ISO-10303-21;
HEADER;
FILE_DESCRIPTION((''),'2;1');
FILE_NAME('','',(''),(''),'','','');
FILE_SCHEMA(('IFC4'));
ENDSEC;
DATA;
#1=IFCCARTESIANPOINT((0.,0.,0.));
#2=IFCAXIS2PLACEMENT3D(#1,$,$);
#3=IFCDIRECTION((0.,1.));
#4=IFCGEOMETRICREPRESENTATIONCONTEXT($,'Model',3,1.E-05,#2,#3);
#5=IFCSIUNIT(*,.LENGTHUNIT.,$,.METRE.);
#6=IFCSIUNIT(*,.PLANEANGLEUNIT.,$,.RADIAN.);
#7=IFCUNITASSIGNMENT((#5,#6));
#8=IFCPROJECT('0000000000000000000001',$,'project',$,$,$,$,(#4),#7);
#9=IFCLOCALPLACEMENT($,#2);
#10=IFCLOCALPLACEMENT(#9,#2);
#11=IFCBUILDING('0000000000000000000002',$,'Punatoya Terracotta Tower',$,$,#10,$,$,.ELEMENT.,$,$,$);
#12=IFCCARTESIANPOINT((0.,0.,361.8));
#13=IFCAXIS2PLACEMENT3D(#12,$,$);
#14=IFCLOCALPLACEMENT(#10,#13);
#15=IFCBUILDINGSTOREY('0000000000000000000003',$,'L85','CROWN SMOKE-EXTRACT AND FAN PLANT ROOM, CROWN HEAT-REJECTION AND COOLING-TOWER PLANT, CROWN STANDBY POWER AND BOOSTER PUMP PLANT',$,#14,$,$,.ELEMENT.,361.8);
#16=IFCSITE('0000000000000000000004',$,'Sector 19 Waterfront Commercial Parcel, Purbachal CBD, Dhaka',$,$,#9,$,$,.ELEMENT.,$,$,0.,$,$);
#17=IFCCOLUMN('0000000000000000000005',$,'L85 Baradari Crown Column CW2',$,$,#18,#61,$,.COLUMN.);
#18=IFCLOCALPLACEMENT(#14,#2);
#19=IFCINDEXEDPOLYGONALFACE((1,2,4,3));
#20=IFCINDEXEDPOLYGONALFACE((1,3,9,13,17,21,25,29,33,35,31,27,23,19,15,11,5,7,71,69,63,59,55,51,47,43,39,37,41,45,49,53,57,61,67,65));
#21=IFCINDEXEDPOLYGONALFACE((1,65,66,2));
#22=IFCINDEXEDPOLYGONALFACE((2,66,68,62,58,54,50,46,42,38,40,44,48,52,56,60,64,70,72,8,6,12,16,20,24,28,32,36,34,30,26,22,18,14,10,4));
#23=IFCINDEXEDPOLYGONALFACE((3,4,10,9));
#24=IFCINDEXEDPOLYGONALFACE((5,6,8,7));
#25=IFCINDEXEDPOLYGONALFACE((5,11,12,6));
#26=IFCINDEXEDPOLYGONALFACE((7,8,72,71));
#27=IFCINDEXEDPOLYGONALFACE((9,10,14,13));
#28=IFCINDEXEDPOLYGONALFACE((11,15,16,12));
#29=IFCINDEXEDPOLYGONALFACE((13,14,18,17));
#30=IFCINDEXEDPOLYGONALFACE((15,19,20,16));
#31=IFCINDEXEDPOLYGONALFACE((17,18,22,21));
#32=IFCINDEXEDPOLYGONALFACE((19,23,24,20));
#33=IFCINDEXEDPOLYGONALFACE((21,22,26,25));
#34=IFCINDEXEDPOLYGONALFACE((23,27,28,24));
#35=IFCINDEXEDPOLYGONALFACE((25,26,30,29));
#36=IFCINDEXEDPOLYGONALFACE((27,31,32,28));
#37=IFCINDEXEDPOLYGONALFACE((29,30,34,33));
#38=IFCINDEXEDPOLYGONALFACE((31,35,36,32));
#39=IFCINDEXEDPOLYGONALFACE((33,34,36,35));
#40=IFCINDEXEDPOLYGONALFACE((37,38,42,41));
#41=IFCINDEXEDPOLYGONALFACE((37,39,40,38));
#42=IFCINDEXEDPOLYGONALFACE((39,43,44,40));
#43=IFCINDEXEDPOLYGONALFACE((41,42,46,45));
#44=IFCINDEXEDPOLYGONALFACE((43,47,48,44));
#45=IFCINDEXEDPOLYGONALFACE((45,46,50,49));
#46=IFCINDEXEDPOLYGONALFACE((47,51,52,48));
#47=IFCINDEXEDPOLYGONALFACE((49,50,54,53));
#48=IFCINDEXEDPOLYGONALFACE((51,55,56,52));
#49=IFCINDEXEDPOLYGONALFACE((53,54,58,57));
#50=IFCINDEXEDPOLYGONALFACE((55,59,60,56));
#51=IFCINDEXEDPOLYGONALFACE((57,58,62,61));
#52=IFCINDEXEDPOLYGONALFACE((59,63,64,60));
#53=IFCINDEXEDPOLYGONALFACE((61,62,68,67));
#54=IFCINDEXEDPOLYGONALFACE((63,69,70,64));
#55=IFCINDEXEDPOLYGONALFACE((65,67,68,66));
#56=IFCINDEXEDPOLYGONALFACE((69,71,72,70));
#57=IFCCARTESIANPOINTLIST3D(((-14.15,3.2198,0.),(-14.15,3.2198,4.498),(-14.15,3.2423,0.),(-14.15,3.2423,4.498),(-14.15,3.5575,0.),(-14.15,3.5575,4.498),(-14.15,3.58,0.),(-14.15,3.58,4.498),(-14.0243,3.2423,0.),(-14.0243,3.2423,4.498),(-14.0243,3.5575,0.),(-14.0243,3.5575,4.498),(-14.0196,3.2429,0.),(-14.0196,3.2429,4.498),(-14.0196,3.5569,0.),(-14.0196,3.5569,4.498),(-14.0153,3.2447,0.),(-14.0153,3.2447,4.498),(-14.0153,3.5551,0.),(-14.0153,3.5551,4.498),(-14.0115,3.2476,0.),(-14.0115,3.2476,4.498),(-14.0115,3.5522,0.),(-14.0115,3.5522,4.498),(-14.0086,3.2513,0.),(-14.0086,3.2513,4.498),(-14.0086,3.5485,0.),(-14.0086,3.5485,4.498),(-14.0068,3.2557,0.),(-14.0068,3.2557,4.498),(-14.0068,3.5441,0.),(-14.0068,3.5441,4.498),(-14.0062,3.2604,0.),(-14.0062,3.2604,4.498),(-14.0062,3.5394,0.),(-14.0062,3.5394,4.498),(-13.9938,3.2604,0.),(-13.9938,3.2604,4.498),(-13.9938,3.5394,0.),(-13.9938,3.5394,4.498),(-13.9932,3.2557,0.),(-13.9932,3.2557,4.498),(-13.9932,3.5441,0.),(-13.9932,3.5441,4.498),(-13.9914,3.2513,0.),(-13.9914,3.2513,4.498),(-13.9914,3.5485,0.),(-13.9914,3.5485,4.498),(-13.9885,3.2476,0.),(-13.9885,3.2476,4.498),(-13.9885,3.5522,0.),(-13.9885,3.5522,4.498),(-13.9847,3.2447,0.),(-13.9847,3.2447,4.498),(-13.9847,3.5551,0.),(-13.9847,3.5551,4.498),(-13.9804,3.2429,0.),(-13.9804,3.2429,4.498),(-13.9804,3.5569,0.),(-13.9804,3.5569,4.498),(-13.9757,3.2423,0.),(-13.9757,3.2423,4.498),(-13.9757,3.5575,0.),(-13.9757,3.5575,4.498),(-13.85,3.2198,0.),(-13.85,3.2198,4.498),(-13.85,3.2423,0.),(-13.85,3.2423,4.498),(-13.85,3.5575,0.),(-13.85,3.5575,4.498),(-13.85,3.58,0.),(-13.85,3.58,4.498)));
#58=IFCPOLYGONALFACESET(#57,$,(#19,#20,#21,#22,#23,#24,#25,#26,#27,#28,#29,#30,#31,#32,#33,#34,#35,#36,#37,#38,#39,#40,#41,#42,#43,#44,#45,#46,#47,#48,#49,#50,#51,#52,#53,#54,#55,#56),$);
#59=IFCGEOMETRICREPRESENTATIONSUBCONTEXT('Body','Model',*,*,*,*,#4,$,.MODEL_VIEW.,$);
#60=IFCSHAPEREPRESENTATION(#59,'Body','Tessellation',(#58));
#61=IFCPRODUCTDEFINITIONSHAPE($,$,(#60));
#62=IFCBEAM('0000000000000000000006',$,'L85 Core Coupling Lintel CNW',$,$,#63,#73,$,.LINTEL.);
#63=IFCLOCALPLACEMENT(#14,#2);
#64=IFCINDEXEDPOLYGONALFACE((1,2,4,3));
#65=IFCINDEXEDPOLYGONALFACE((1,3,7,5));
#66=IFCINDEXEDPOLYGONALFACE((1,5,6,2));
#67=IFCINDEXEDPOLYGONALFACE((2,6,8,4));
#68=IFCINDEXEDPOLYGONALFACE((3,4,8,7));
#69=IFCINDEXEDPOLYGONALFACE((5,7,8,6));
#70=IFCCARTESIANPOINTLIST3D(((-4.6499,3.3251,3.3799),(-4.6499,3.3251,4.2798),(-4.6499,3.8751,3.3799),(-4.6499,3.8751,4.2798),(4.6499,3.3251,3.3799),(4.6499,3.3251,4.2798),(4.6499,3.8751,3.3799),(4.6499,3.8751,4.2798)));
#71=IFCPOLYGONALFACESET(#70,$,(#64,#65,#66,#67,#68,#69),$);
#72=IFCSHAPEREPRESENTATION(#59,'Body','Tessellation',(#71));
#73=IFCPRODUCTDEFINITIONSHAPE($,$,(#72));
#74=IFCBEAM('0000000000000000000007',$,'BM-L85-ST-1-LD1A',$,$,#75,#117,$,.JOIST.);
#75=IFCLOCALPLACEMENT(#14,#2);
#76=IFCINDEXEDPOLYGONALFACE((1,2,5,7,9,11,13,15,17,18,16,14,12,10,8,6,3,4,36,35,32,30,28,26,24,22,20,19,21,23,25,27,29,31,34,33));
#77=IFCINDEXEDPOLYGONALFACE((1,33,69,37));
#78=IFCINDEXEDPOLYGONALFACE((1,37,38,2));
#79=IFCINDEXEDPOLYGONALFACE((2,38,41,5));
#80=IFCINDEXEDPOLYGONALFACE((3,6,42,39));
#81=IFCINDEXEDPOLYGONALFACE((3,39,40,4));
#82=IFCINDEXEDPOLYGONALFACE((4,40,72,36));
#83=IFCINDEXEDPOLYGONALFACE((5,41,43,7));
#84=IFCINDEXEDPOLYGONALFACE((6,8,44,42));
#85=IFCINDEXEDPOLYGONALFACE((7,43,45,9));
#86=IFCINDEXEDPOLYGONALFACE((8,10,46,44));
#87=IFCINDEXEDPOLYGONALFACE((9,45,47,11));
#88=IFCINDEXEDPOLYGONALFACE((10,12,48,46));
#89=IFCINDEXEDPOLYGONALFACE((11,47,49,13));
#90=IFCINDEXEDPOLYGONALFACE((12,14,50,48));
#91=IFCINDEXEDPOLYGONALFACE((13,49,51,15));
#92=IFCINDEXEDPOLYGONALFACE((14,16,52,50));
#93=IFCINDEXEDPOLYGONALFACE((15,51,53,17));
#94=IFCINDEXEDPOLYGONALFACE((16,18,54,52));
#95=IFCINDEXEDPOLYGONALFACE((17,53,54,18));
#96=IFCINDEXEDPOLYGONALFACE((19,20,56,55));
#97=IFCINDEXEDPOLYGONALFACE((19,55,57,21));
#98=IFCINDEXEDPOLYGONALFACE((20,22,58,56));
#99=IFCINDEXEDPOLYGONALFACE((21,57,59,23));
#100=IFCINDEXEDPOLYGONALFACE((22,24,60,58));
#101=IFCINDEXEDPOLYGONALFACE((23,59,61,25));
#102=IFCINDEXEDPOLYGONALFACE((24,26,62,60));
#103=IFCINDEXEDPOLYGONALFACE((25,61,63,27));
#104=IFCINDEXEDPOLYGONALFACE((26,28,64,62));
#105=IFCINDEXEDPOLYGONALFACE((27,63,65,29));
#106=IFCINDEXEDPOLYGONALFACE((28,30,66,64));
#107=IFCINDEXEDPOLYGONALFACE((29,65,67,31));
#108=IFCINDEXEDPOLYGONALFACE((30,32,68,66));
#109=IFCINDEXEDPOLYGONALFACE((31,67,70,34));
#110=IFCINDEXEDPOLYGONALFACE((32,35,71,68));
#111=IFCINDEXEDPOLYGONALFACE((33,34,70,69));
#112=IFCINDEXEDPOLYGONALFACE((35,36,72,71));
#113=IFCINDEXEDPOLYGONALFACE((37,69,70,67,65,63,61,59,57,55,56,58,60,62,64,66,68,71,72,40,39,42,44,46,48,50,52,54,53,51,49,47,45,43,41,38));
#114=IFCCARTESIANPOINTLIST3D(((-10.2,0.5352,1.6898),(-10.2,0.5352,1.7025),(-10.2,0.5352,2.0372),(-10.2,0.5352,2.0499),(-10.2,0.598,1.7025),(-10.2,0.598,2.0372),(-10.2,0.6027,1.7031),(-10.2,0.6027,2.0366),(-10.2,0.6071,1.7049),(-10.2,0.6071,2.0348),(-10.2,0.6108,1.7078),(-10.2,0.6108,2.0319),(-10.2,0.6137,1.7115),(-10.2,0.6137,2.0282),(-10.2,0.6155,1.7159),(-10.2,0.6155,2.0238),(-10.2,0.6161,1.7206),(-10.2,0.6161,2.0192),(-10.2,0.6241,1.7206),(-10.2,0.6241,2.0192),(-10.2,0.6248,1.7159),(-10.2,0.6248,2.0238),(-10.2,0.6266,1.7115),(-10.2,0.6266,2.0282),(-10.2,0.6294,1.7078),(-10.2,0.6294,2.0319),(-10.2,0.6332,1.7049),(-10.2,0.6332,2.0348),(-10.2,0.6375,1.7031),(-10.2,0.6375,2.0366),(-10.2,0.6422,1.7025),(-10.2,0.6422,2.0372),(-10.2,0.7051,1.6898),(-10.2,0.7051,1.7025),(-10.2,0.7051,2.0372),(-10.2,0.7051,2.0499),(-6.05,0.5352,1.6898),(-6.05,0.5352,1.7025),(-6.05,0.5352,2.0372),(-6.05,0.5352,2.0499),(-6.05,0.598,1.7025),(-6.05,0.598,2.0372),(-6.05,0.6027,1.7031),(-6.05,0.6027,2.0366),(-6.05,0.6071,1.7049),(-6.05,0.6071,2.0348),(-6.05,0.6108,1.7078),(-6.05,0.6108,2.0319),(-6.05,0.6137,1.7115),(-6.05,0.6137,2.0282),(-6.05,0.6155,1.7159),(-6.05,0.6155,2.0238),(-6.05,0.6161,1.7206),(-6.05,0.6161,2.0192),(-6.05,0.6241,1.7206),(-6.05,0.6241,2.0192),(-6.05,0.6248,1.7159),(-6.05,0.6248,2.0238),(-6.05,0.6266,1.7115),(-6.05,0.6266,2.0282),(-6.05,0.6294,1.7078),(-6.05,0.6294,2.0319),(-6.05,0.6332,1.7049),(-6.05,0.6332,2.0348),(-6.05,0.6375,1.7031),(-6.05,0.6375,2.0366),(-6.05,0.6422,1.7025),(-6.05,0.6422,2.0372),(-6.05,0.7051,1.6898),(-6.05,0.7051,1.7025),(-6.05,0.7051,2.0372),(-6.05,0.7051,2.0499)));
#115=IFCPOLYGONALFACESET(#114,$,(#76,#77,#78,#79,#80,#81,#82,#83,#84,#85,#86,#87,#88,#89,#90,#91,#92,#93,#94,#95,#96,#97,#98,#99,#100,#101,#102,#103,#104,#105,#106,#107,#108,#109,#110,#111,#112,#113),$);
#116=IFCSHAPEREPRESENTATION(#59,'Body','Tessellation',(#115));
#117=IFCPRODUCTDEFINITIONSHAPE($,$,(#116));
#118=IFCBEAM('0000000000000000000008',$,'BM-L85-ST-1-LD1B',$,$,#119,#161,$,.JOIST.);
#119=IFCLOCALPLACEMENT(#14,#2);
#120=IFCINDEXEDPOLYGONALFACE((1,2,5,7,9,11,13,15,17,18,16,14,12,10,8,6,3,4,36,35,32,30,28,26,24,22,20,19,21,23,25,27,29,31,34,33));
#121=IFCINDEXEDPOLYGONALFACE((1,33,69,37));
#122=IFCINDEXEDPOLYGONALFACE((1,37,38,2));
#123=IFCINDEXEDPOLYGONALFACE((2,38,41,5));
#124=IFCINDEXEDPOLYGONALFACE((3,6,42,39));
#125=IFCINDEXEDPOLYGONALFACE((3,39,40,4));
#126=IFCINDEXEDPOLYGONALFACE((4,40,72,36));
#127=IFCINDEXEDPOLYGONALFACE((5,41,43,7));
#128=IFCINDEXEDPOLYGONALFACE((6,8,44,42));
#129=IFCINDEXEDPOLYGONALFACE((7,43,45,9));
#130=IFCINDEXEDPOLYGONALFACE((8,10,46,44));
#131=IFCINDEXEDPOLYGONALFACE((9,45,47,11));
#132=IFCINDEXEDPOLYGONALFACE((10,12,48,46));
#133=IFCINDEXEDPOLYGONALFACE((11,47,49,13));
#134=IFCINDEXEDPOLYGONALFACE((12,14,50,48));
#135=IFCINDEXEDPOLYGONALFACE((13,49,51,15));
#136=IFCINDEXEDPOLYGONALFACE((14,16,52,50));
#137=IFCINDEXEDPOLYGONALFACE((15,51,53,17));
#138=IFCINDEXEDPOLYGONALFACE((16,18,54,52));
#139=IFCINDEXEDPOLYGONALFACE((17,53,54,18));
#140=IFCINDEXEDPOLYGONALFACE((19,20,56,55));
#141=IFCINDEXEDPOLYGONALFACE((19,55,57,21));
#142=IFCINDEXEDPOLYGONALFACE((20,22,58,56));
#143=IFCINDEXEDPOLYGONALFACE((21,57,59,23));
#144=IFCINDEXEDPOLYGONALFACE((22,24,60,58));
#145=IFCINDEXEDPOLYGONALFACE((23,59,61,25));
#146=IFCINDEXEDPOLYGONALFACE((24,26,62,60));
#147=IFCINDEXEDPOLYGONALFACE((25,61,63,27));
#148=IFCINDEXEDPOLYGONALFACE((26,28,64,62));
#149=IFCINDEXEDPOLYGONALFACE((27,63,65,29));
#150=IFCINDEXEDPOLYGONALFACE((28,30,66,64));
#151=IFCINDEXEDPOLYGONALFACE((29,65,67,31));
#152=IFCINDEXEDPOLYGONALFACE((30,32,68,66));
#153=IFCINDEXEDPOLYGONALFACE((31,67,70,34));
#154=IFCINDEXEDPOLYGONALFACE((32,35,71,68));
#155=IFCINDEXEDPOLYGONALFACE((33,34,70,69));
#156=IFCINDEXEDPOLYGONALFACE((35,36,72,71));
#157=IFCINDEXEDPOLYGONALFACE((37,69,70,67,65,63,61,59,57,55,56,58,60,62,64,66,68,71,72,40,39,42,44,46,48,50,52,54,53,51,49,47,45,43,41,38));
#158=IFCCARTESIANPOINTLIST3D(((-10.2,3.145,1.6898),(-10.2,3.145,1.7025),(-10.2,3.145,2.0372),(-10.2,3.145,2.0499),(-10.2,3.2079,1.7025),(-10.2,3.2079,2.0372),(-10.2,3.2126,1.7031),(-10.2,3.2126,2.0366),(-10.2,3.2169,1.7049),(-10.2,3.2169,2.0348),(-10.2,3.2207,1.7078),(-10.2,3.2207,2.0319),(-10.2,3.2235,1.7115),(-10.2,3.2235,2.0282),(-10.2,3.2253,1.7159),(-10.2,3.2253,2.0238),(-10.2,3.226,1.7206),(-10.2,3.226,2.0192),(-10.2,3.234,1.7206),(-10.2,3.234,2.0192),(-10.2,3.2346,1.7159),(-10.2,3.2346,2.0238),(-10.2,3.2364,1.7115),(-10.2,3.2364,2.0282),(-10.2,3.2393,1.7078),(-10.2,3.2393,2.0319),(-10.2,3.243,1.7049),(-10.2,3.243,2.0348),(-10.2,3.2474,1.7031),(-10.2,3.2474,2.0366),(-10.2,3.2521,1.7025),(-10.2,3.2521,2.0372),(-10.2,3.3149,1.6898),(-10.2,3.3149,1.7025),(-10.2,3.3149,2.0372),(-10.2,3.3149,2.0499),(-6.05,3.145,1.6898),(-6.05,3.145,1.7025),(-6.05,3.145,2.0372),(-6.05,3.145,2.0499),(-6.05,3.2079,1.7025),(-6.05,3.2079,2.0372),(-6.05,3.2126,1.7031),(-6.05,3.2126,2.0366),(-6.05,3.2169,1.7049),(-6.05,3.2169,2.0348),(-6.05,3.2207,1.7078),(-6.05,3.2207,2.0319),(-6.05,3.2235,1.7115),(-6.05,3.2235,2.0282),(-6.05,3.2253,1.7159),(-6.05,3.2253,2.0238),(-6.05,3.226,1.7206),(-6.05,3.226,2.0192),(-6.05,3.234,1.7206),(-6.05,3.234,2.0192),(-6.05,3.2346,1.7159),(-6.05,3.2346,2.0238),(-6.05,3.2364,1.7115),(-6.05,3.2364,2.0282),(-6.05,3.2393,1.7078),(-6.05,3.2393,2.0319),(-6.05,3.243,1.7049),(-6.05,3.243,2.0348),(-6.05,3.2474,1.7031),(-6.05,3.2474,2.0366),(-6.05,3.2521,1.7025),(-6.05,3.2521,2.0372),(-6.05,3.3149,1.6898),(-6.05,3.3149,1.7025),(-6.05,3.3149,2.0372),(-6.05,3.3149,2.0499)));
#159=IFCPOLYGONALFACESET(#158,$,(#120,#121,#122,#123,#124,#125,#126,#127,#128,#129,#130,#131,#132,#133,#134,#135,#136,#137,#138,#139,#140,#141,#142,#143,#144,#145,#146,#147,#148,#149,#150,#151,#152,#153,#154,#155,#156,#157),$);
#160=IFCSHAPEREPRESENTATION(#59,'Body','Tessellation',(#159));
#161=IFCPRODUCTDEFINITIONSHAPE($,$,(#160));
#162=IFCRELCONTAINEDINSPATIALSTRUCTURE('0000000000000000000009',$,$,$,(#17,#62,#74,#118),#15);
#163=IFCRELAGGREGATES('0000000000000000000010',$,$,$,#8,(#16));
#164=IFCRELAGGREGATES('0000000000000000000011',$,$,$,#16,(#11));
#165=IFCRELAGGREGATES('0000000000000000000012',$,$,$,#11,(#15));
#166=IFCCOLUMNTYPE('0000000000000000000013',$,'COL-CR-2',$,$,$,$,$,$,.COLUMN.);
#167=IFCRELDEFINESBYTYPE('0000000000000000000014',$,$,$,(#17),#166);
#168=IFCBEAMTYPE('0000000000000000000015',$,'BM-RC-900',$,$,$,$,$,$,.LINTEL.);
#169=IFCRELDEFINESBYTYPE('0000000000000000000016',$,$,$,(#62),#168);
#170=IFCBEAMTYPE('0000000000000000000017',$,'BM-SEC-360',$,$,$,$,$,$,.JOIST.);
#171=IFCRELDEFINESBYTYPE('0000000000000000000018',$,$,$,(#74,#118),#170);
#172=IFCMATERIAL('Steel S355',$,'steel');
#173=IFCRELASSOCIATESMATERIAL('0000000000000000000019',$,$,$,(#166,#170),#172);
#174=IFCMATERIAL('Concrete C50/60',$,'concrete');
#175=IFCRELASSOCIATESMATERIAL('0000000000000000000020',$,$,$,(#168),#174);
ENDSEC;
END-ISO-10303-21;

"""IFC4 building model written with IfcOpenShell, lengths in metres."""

from ifc_helpers import new_model, si_unit, direction, frame, origin, origin_2d, place, context, subcontext, project, spatial, rectangle, i_section, extrude, material, material_profile, profile_set, type_object, element, save


model = new_model("IFC4")

# Units and contexts
model_context = context("Model", 3, precision=1e-05, world=origin(), true_north=direction((0.0, 1.0)))
body_context = subcontext(model_context, "Body", "Model", "MODEL_VIEW")
ifc_project = project(units=[si_unit("LENGTHUNIT", "METRE"), si_unit("PLANEANGLEUNIT", "RADIAN")], contexts=[model_context])

# Site, building, storey
site_placement = place(None, origin())
site = spatial("IfcSite", under=ifc_project, at=site_placement, Name="Sector 19 Waterfront Commercial Parcel, Purbachal CBD, Dhaka", CompositionType="ELEMENT", RefElevation=0.0)
building_placement = place(site_placement, origin())
building = spatial("IfcBuilding", under=site, at=building_placement, Name="Punatoya Terracotta Tower", CompositionType="ELEMENT")
storey_placement = place(building_placement, frame((0.0, 0.0, 361.8)))
storey = spatial("IfcBuildingStorey", under=building, at=storey_placement, Name="L85", Description="CROWN SMOKE-EXTRACT AND FAN PLANT ROOM, CROWN HEAT-REJECTION AND COOLING-TOWER PLANT, CROWN STANDBY POWER AND BOOSTER PUMP PLANT", CompositionType="ELEMENT", Elevation=361.8)

# Column
ifc_material_1 = material(Name="Steel S355", Category="steel")
ifc_material_profile_1 = material_profile(ifc_material_1, i_section(OverallWidth=0.3, OverallDepth=0.3601, WebThickness=0.0125, FlangeThickness=0.0225, FilletRadius=0.0181, at=origin_2d()))
ifc_profile_set_1 = profile_set([ifc_material_profile_1], Name="Steel S355")
column_type = type_object("IfcColumnType", Name="COL-CR-2", PredefinedType="COLUMN", material=ifc_profile_set_1)
column_placement = place(storey_placement, frame((-14.0, 3.3999, 0.0), z_axis=(0.0, 0.0, 1.0), x_axis=(1.0, 0.0, 0.0)))
element("IfcColumn", 1, at=column_placement, inside=storey, type_object=column_type, Name="L85 Baradari Crown Column CW2", PredefinedType="COLUMN", context=body_context, shape_type="SweptSolid", body=[
    extrude(i_section(OverallWidth=0.3, OverallDepth=0.3601, WebThickness=0.0125, FlangeThickness=0.0225, FilletRadius=0.0181, at=origin_2d()), origin(), (0.0, 0.0, 1.0), 4.498),
])

# Beams
ifc_material_2 = material(Name="Concrete C50/60", Category="concrete")
ifc_material_profile_2 = material_profile(ifc_material_2, rectangle(XDim=0.55, YDim=0.8999, at=origin_2d()))
ifc_profile_set_2 = profile_set([ifc_material_profile_2], Name="Concrete C50/60")
beam_type_1 = type_object("IfcBeamType", Name="BM-RC-900", PredefinedType="LINTEL", material=ifc_profile_set_2)
beam_1_placement = place(storey_placement, frame((-4.6499, 3.6001, 3.8298), z_axis=(1.0, 0.0, 0.0), x_axis=(0.0, 1.0, 0.0)))
element("IfcBeam", 2, at=beam_1_placement, inside=storey, type_object=beam_type_1, Name="L85 Core Coupling Lintel CNW", PredefinedType="LINTEL", context=body_context, shape_type="SweptSolid", body=[
    extrude(rectangle(XDim=0.55, YDim=0.8999, at=origin_2d()), origin(), (0.0, 0.0, 1.0), 9.2998),
])
ifc_material_profile_3 = material_profile(ifc_material_1, i_section(OverallWidth=0.1699, OverallDepth=0.3601, WebThickness=0.0081, FlangeThickness=0.0127, FilletRadius=0.0181, at=origin_2d()))
ifc_profile_set_3 = profile_set([ifc_material_profile_3], Name="Steel S355")
beam_type_2 = type_object("IfcBeamType", Name="BM-SEC-360", PredefinedType="JOIST", material=ifc_profile_set_3)
for number, where, z_axis, x_axis, name in (
    (3, (-10.2, 0.6201, 1.8699), (1.0, 0.0, 0.0), (0.0, 1.0, 0.0), "BM-L85-ST-1-LD1A"),
    (4, (-10.2, 3.23, 1.8699), (1.0, 0.0, 0.0), (0.0, 1.0, 0.0), "BM-L85-ST-1-LD1B"),
):
    element("IfcBeam", number, at=place(storey_placement, frame(where, z_axis=z_axis, x_axis=x_axis)), inside=storey, type_object=beam_type_2, Name=name, PredefinedType="JOIST", context=body_context, shape_type="SweptSolid", body=[
        extrude(i_section(OverallWidth=0.1699, OverallDepth=0.3601, WebThickness=0.0081, FlangeThickness=0.0127, FilletRadius=0.0181, at=origin_2d()), origin(), (0.0, 0.0, 1.0), 4.1499),
    ])

save(model, "model.ifc")
